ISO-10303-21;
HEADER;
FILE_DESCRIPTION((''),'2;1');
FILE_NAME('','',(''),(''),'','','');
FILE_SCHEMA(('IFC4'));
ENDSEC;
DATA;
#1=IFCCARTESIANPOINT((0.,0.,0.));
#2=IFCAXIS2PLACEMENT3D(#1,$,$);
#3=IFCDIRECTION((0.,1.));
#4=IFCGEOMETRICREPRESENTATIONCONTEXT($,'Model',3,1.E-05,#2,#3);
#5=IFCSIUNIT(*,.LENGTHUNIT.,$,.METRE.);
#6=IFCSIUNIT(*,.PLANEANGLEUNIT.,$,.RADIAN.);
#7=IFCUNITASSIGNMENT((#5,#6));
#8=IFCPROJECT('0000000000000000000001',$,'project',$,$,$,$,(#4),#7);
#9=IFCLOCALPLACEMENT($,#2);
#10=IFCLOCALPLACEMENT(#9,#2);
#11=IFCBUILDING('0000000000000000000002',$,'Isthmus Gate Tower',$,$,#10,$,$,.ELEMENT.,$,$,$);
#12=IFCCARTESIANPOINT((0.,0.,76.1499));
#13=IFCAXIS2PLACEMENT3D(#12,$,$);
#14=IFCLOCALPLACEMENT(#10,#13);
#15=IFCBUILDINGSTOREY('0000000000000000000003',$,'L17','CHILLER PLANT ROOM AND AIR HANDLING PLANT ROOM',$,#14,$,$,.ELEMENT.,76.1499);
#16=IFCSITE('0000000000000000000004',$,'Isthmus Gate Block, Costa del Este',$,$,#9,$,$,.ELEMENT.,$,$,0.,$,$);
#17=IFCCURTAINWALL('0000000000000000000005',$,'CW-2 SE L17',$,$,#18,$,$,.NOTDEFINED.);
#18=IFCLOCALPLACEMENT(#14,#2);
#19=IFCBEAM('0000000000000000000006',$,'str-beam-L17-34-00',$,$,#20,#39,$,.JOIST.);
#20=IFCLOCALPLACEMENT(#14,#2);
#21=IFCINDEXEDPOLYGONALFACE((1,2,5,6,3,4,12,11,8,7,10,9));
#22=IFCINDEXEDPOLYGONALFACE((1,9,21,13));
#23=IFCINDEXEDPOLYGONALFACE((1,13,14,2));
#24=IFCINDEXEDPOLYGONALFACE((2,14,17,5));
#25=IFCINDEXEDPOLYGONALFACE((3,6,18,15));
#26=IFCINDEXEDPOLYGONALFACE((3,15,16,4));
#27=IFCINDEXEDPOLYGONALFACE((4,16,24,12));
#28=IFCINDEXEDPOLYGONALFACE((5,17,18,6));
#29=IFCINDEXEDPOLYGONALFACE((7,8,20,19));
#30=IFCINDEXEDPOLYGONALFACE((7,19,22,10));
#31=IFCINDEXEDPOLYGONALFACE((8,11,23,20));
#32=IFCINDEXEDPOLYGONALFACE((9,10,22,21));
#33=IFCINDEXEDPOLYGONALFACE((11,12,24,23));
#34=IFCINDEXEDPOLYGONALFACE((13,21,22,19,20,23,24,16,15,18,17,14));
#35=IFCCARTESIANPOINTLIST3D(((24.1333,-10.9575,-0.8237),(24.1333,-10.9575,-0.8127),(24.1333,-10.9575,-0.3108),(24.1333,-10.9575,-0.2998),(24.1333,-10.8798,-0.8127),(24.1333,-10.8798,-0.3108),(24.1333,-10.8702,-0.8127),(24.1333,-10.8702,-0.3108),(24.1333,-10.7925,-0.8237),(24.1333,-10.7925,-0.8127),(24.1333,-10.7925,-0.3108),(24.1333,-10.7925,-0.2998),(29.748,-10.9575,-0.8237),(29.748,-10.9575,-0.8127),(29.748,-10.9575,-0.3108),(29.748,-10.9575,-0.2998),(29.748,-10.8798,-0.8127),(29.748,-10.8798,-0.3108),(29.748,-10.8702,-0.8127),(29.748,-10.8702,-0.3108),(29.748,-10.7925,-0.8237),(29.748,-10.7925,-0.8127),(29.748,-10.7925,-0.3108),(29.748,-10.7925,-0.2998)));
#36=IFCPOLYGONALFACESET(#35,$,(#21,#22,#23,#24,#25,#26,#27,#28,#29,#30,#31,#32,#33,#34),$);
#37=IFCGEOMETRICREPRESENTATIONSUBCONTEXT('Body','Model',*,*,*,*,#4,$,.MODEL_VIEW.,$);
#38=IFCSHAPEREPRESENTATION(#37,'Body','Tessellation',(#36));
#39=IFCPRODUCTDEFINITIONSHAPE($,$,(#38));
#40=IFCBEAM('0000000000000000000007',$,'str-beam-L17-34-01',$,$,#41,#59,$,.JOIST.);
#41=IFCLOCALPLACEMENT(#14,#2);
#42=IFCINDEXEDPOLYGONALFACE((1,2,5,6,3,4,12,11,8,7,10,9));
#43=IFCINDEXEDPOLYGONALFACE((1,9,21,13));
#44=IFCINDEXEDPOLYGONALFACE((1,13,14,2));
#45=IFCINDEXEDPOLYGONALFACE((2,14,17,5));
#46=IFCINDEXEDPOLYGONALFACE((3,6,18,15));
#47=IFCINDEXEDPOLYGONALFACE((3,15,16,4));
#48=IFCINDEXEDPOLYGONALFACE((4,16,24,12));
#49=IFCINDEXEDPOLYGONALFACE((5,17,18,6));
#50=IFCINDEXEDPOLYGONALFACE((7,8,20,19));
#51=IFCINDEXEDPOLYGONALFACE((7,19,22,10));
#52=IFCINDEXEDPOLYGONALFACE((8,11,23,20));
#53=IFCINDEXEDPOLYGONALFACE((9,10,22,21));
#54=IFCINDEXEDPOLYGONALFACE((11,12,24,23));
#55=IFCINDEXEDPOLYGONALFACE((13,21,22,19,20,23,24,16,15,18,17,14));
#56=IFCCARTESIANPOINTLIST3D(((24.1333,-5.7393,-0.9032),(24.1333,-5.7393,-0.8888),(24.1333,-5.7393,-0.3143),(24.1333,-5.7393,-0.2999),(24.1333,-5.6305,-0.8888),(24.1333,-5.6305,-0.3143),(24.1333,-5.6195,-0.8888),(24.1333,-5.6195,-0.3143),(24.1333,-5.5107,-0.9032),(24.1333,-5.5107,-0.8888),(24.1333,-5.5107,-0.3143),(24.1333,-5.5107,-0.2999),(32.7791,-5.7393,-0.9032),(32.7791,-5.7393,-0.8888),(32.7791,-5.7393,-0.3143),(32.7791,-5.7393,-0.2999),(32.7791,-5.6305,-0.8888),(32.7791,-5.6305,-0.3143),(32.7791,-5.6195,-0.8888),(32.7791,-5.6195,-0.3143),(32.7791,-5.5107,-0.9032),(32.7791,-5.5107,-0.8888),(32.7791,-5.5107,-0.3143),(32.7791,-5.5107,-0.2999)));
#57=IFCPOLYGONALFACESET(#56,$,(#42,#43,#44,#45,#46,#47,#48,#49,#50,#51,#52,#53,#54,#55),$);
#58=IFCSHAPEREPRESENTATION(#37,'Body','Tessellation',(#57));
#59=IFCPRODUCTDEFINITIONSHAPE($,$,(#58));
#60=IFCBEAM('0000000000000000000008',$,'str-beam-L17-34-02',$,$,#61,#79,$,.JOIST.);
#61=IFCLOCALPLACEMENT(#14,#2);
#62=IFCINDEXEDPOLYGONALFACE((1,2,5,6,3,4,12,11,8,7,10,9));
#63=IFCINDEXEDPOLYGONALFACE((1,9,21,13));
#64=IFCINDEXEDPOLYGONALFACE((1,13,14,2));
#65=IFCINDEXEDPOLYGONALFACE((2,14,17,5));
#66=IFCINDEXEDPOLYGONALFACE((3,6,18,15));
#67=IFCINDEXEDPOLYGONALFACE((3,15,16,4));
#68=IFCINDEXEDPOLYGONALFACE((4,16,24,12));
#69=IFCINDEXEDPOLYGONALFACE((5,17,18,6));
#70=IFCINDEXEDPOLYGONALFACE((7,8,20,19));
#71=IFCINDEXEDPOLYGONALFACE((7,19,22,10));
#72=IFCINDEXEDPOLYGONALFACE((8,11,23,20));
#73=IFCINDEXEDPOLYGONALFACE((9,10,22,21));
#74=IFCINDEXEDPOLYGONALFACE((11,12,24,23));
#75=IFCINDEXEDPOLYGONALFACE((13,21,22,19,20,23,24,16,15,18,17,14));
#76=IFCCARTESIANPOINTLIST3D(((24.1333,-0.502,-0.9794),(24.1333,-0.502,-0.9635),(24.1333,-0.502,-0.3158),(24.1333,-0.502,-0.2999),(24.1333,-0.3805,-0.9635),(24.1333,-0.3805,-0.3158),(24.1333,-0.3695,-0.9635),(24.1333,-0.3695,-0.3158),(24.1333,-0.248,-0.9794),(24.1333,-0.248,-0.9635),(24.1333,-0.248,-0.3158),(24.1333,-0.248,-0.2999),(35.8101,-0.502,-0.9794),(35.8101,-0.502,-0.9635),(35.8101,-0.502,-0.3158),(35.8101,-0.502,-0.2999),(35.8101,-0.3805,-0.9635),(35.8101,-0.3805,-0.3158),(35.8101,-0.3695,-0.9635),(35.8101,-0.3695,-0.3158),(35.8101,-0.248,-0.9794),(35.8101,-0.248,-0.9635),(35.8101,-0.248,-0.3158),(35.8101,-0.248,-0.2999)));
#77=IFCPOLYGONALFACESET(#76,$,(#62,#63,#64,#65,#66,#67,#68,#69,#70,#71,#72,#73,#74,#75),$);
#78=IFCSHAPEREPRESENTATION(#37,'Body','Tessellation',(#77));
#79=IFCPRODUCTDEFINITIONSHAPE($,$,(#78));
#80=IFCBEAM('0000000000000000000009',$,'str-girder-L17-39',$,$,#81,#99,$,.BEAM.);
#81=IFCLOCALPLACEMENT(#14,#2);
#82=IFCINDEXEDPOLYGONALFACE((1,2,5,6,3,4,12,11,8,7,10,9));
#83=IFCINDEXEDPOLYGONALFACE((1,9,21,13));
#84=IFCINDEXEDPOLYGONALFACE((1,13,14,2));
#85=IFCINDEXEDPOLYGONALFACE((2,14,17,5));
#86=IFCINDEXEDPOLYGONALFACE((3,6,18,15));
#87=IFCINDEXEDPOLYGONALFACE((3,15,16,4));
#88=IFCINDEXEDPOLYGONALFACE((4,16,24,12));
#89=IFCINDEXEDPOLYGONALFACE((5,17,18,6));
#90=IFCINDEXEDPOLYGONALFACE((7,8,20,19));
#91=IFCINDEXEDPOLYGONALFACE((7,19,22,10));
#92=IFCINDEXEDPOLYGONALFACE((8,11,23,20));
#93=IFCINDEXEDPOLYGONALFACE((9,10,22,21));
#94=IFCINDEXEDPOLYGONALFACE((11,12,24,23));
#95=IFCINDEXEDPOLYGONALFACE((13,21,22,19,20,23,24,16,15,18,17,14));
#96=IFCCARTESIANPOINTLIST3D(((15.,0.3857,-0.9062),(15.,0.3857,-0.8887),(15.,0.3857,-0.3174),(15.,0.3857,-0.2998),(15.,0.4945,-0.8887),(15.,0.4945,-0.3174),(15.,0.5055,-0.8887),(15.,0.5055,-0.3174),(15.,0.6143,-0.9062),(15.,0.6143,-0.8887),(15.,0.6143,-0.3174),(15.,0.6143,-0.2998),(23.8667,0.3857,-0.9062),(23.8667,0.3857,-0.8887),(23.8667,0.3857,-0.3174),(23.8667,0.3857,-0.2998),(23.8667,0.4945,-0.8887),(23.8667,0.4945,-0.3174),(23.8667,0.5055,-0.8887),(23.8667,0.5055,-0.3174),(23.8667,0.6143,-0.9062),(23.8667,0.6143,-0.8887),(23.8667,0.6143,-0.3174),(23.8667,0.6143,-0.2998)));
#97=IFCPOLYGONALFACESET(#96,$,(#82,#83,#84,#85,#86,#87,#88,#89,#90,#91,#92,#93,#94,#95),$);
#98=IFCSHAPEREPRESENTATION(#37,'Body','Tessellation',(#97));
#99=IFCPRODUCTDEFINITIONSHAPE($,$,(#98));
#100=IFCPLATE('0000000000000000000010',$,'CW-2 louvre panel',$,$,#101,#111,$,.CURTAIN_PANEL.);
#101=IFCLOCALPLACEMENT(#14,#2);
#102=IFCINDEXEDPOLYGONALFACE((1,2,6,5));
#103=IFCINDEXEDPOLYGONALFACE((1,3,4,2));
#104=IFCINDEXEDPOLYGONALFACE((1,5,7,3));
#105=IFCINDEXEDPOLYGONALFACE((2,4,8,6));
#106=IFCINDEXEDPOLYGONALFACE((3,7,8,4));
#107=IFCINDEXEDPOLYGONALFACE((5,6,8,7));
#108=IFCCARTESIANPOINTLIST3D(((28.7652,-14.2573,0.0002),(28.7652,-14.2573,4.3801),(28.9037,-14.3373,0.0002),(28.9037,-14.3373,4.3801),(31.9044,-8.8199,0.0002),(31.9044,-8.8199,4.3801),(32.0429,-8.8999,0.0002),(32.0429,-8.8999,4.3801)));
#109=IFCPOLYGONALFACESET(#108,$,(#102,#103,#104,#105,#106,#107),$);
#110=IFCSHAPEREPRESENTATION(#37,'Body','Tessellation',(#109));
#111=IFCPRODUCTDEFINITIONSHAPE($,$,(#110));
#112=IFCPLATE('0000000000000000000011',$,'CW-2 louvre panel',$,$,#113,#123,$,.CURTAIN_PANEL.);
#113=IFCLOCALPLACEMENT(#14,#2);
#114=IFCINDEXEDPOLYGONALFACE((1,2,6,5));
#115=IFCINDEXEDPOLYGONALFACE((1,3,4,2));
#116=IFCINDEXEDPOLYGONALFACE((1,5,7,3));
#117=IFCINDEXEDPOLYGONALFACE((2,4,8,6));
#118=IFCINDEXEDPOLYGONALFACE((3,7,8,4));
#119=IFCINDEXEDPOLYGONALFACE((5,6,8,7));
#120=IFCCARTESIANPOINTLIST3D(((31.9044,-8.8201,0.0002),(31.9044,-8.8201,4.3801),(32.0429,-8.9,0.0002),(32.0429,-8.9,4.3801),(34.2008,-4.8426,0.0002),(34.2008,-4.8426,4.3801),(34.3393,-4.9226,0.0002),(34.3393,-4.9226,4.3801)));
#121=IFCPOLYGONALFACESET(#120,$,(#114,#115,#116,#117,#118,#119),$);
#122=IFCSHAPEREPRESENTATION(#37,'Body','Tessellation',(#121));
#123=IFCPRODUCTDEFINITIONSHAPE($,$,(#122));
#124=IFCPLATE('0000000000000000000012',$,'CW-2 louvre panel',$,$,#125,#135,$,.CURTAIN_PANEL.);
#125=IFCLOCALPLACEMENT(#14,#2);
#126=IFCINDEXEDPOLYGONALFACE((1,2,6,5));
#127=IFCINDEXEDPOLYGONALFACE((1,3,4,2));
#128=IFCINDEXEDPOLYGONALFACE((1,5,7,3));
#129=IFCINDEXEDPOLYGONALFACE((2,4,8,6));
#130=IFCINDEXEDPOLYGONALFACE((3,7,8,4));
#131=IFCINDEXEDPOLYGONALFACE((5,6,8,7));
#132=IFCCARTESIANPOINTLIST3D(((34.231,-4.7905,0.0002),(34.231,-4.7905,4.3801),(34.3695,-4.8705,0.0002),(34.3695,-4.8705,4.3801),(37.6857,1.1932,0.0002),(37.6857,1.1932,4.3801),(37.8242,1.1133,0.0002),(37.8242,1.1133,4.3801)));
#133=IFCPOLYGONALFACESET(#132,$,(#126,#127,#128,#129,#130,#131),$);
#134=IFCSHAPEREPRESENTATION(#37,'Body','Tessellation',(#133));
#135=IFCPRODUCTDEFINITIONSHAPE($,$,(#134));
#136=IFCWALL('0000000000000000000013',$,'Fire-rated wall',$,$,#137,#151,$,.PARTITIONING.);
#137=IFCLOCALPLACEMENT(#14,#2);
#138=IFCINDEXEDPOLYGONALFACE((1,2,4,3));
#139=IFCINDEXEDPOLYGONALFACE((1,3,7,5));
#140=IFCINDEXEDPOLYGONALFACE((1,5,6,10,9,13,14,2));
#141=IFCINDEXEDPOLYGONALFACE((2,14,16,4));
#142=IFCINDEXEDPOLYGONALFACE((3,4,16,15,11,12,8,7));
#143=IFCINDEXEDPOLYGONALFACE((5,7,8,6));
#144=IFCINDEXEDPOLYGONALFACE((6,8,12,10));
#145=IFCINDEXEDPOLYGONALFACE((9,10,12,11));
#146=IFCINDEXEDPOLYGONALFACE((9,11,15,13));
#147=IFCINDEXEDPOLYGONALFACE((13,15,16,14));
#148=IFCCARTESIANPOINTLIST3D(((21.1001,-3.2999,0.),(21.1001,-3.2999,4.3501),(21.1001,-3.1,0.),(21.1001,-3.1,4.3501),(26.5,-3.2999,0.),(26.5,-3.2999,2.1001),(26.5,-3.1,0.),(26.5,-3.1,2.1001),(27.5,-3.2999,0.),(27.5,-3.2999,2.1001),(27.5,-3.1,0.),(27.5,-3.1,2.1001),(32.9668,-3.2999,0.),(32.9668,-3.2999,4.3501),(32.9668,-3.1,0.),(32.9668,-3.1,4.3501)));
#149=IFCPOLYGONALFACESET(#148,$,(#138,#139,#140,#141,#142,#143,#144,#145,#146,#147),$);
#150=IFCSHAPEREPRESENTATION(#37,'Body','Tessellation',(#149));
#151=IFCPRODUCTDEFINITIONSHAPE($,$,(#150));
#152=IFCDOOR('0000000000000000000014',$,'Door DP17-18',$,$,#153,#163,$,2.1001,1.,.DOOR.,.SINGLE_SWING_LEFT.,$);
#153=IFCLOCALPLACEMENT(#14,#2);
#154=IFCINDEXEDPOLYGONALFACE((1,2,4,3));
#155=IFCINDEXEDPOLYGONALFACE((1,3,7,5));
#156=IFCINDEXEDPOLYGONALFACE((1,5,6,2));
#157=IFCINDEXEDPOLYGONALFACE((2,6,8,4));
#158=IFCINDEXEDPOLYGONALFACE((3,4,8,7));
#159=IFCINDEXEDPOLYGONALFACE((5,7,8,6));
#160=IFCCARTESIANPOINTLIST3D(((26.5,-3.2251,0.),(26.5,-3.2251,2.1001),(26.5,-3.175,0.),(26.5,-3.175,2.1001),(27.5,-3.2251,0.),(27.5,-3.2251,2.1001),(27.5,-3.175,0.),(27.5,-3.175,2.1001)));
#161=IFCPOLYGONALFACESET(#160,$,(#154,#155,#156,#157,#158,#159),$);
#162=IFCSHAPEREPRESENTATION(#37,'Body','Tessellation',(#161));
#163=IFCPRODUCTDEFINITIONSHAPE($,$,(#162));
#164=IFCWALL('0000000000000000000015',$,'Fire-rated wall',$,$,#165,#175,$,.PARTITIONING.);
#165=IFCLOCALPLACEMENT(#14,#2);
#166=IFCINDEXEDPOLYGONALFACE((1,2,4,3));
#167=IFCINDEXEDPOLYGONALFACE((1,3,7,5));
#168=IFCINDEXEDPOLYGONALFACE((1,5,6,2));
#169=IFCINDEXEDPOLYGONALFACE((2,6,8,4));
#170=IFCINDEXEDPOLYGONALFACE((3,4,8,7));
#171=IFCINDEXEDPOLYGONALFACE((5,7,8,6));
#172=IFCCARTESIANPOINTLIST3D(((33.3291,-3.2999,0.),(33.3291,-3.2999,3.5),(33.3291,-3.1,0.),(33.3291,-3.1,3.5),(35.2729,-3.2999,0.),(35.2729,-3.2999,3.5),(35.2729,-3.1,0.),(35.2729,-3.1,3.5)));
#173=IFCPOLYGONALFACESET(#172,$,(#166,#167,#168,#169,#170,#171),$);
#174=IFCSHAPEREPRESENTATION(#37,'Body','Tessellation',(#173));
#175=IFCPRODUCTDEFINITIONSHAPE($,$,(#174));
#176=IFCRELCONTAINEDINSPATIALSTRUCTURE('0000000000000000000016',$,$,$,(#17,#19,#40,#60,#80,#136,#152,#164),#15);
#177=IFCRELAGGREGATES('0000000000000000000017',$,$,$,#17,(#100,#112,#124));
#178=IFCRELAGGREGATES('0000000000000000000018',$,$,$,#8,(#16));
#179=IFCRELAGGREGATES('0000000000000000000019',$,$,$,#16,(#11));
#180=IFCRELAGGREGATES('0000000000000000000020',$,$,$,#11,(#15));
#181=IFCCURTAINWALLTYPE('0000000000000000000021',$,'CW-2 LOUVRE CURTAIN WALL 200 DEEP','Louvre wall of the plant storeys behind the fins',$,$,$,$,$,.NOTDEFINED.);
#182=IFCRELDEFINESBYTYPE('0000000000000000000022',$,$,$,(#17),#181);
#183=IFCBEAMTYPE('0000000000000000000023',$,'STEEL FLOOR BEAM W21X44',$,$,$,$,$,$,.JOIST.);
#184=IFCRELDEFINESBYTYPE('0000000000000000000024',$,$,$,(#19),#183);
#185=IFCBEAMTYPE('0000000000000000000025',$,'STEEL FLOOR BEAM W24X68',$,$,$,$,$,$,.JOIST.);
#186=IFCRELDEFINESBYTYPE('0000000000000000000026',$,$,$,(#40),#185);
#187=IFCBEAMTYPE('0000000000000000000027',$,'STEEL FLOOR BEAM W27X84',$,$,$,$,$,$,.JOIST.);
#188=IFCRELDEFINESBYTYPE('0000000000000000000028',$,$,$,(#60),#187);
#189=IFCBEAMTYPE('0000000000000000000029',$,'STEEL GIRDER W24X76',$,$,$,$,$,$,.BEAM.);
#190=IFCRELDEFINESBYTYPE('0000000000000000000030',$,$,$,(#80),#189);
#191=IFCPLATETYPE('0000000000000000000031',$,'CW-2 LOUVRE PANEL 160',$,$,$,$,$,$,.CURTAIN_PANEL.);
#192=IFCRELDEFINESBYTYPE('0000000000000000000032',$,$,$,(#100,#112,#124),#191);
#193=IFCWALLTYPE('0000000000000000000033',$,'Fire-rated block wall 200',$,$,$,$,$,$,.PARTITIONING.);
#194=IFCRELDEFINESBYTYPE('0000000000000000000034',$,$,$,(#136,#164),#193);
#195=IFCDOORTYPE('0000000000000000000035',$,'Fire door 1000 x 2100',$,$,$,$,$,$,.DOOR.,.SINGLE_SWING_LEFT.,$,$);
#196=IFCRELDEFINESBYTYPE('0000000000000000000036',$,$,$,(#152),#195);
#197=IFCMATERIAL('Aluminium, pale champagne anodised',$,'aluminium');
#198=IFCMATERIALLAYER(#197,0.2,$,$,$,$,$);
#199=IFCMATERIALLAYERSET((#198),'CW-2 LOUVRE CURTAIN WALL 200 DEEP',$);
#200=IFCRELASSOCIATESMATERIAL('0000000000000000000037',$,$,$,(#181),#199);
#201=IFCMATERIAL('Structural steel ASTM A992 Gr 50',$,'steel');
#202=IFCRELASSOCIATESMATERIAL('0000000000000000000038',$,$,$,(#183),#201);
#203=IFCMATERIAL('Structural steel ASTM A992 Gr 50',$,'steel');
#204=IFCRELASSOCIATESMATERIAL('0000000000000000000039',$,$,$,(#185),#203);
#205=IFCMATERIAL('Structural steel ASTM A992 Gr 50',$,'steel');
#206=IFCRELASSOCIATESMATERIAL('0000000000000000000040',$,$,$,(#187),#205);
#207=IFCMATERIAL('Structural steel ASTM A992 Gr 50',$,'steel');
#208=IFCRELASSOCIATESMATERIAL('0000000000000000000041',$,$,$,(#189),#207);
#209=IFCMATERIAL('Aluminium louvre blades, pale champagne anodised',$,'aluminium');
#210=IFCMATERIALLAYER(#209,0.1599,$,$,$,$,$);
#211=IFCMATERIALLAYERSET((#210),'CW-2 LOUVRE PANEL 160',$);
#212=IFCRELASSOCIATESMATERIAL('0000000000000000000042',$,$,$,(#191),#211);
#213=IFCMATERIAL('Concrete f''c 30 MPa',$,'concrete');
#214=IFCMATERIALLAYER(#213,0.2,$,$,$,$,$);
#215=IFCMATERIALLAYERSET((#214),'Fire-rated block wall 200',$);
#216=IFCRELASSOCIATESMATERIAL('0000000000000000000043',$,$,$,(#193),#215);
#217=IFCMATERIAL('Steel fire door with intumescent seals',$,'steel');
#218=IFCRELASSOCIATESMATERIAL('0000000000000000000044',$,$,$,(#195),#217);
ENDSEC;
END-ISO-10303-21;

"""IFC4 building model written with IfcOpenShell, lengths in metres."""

from ifc_helpers import new_model, si_unit, direction, frame, frame_2d, origin, origin_2d, place, context, subcontext, project, spatial, rectangle, i_section, extrude, material, layer, layer_set, material_profile, profile_set, type_object, element, fill, aggregate, save


model = new_model("IFC4")

# Units and contexts
model_context = context("Model", 3, precision=1e-05, world=origin(), true_north=direction((0.0, 1.0)))
body_context = subcontext(model_context, "Body", "Model", "MODEL_VIEW")
ifc_project = project(units=[si_unit("LENGTHUNIT", "METRE"), si_unit("PLANEANGLEUNIT", "RADIAN")], contexts=[model_context])

# Site, building, storey
site_placement = place(None, origin())
site = spatial("IfcSite", under=ifc_project, at=site_placement, Name="Isthmus Gate Block, Costa del Este", CompositionType="ELEMENT", RefElevation=0.0)
building_placement = place(site_placement, origin())
building = spatial("IfcBuilding", under=site, at=building_placement, Name="Isthmus Gate Tower", CompositionType="ELEMENT")
storey_placement = place(building_placement, frame((0.0, 0.0, 76.1499)))
storey = spatial("IfcBuildingStorey", under=building, at=storey_placement, Name="L17", Description="CHILLER PLANT ROOM AND AIR HANDLING PLANT ROOM", CompositionType="ELEMENT", Elevation=76.1499)

# Curtain wall
ifc_material_1 = material(Name="Aluminium, pale champagne anodised", Category="aluminium")
ifc_layer_1 = layer(ifc_material_1, 0.2)
ifc_layer_set_1 = layer_set([ifc_layer_1], Name="CW-2 LOUVRE CURTAIN WALL 200 DEEP")
curtain_wall_type = type_object("IfcCurtainWallType", Name="CW-2 LOUVRE CURTAIN WALL 200 DEEP", Description="Louvre wall of the plant storeys behind the fins", PredefinedType="NOTDEFINED", material=ifc_layer_set_1)
curtain_wall_1_placement = place(storey_placement, origin())
curtain_wall_1 = element("IfcCurtainWall", 1, at=curtain_wall_1_placement, inside=storey, type_object=curtain_wall_type, Name="CW-2 SE L17", PredefinedType="NOTDEFINED")

# Beams
ifc_material_2 = material(Name="Structural steel ASTM A992 Gr 50", Category="steel")
ifc_material_profile_1 = material_profile(ifc_material_2, i_section(OverallWidth=0.165, OverallDepth=0.5239, WebThickness=0.0095, FlangeThickness=0.011, at=origin_2d()), Name="W21X44")
ifc_profile_set_1 = profile_set([ifc_material_profile_1], Name="Structural steel ASTM A992 Gr 50")
beam_type_1 = type_object("IfcBeamType", Name="STEEL FLOOR BEAM W21X44", PredefinedType="JOIST", material=ifc_profile_set_1)
beam_1_placement = place(storey_placement, frame((24.1333, -10.875, -0.5618), z_axis=(1.0, 0.0, 0.0), x_axis=(0.0, 1.0, 0.0)))
element("IfcBeam", 2, at=beam_1_placement, inside=storey, type_object=beam_type_1, Name="str-beam-L17-34-00", PredefinedType="JOIST", context=body_context, shape_type="SweptSolid", body=[
    extrude(i_section(OverallWidth=0.165, OverallDepth=0.5239, WebThickness=0.0095, FlangeThickness=0.011, at=origin_2d()), origin(), (0.0, 0.0, 1.0), 5.6147),
])
ifc_material_3 = material(Name="Structural steel ASTM A992 Gr 50", Category="steel")
ifc_material_profile_2 = material_profile(ifc_material_3, i_section(OverallWidth=0.2285, OverallDepth=0.6033, WebThickness=0.011, FlangeThickness=0.0144, at=origin_2d()), Name="W24X68")
ifc_profile_set_2 = profile_set([ifc_material_profile_2], Name="Structural steel ASTM A992 Gr 50")
beam_type_2 = type_object("IfcBeamType", Name="STEEL FLOOR BEAM W24X68", PredefinedType="JOIST", material=ifc_profile_set_2)
beam_2_placement = place(storey_placement, frame((24.1333, -5.625, -0.6016), z_axis=(1.0, 0.0, 0.0), x_axis=(0.0, 1.0, 0.0)))
element("IfcBeam", 3, at=beam_2_placement, inside=storey, type_object=beam_type_2, Name="str-beam-L17-34-01", PredefinedType="JOIST", context=body_context, shape_type="SweptSolid", body=[
    extrude(i_section(OverallWidth=0.2285, OverallDepth=0.6033, WebThickness=0.011, FlangeThickness=0.0144, at=origin_2d()), origin(), (0.0, 0.0, 1.0), 8.6458),
])
ifc_material_4 = material(Name="Structural steel ASTM A992 Gr 50", Category="steel")
ifc_material_profile_3 = material_profile(ifc_material_4, i_section(OverallWidth=0.2539, OverallDepth=0.6794, WebThickness=0.011, FlangeThickness=0.0159, at=origin_2d()), Name="W27X84")
ifc_profile_set_3 = profile_set([ifc_material_profile_3], Name="Structural steel ASTM A992 Gr 50")
beam_type_3 = type_object("IfcBeamType", Name="STEEL FLOOR BEAM W27X84", PredefinedType="JOIST", material=ifc_profile_set_3)
beam_3_placement = place(storey_placement, frame((24.1333, -0.375, -0.6396), z_axis=(1.0, 0.0, 0.0), x_axis=(0.0, 1.0, 0.0)))
element("IfcBeam", 4, at=beam_3_placement, inside=storey, type_object=beam_type_3, Name="str-beam-L17-34-02", PredefinedType="JOIST", context=body_context, shape_type="SweptSolid", body=[
    extrude(i_section(OverallWidth=0.2539, OverallDepth=0.6794, WebThickness=0.011, FlangeThickness=0.0159, at=origin_2d()), origin(), (0.0, 0.0, 1.0), 11.6768),
])
ifc_material_5 = material(Name="Structural steel ASTM A992 Gr 50", Category="steel")
ifc_material_profile_4 = material_profile(ifc_material_5, i_section(OverallWidth=0.2285, OverallDepth=0.6064, WebThickness=0.011, FlangeThickness=0.0176, at=origin_2d()), Name="W24X76")
ifc_profile_set_4 = profile_set([ifc_material_profile_4], Name="Structural steel ASTM A992 Gr 50")
beam_type_4 = type_object("IfcBeamType", Name="STEEL GIRDER W24X76", PredefinedType="BEAM", material=ifc_profile_set_4)
beam_4_placement = place(storey_placement, frame((15.0, 0.5, -0.603), z_axis=(1.0, 0.0, 0.0), x_axis=(0.0, 1.0, 0.0)))
element("IfcBeam", 5, at=beam_4_placement, inside=storey, type_object=beam_type_4, Name="str-girder-L17-39", PredefinedType="BEAM", context=body_context, shape_type="SweptSolid", body=[
    extrude(i_section(OverallWidth=0.2285, OverallDepth=0.6064, WebThickness=0.011, FlangeThickness=0.0176, at=origin_2d()), origin(), (0.0, 0.0, 1.0), 8.8667),
])

# Plates
ifc_material_6 = material(Name="Aluminium louvre blades, pale champagne anodised", Category="aluminium")
ifc_layer_2 = layer(ifc_material_6, 0.1599)
ifc_layer_set_2 = layer_set([ifc_layer_2], Name="CW-2 LOUVRE PANEL 160")
plate_type = type_object("IfcPlateType", Name="CW-2 LOUVRE PANEL 160", PredefinedType="CURTAIN_PANEL", material=ifc_layer_set_2)
plate_1_placement = place(storey_placement, frame((30.4041, -11.5786, 0.0002), z_axis=(0.0, 0.0, 1.0), x_axis=(0.5, 0.866025, 0.0)))
plate_1 = element("IfcPlate", 6, at=plate_1_placement, type_object=plate_type, Name="CW-2 louvre panel", PredefinedType="CURTAIN_PANEL", context=body_context, shape_type="SweptSolid", body=[
    extrude(rectangle(XDim=6.2786, YDim=0.1599, at=origin_2d()), origin(), (0.0, 0.0, 1.0), 4.3799),
])
plate_2_placement = place(storey_placement, frame((33.1218, -6.8713, 0.0002), z_axis=(0.0, 0.0, 1.0), x_axis=(0.5, 0.866025, 0.0)))
plate_2 = element("IfcPlate", 7, at=plate_2_placement, type_object=plate_type, Name="CW-2 louvre panel", PredefinedType="CURTAIN_PANEL", context=body_context, shape_type="SweptSolid", body=[
    extrude(rectangle(XDim=4.5928, YDim=0.1599, at=origin_2d()), origin(), (0.0, 0.0, 1.0), 4.3799),
])
plate_3_placement = place(storey_placement, frame((36.0276, -1.8386, 0.0002), z_axis=(0.0, 0.0, 1.0), x_axis=(0.5, 0.866025, 0.0)))
plate_3 = element("IfcPlate", 8, at=plate_3_placement, type_object=plate_type, Name="CW-2 louvre panel", PredefinedType="CURTAIN_PANEL", context=body_context, shape_type="SweptSolid", body=[
    extrude(rectangle(XDim=6.9094, YDim=0.1599, at=origin_2d()), origin(), (0.0, 0.0, 1.0), 4.3799),
])
aggregate(curtain_wall_1, [plate_1, plate_2, plate_3])

# Wall, opening, door
ifc_material_7 = material(Name="Concrete f'c 30 MPa", Category="concrete")
ifc_layer_3 = layer(ifc_material_7, 0.2)
ifc_layer_set_3 = layer_set([ifc_layer_3], Name="Fire-rated block wall 200")
wall_type_1 = type_object("IfcWallType", Name="Fire-rated block wall 200", PredefinedType="PARTITIONING", material=ifc_layer_set_3)
wall_1_placement = place(storey_placement, frame((21.1001, -3.2, 0.0), z_axis=(0.0, 0.0, 1.0), x_axis=(1.0, 0.0, 0.0)))
wall_1 = element("IfcWall", 9, at=wall_1_placement, inside=storey, type_object=wall_type_1, Name="Fire-rated wall", PredefinedType="PARTITIONING", context=body_context, shape_type="SweptSolid", body=[
    extrude(rectangle(XDim=11.8667, YDim=0.2, at=frame_2d((5.9333, 0.0))), origin(), (0.0, 0.0, 1.0), 4.3501),
])
opening_1_placement = place(wall_1_placement, frame((5.3999, 0.0, 0.0)))
opening_1 = element("IfcOpeningElement", 10, at=opening_1_placement, cuts=wall_1, PredefinedType="OPENING", context=body_context, shape_type="SweptSolid", body=[
    extrude(rectangle(XDim=1.0, YDim=2.1001, at=frame_2d((0.5, 1.05))), frame((0.0, 0.1099, 0.0), z_axis=(0.0, -1.0, 0.0), x_axis=(1.0, 0.0, 0.0)), (0.0, 0.0, 1.0), 0.22),
])
ifc_material_8 = material(Name="Steel fire door with intumescent seals", Category="steel")
door_type = type_object("IfcDoorType", Name="Fire door 1000 x 2100", OperationType="SINGLE_SWING_LEFT", PredefinedType="DOOR", material=ifc_material_8)
door_1_placement = place(opening_1_placement, origin())
door_1 = element("IfcDoor", 11, at=door_1_placement, inside=storey, type_object=door_type, Name="Door DP17-18", OperationType="SINGLE_SWING_LEFT", OverallHeight=2.1001, OverallWidth=1.0, PredefinedType="DOOR", context=body_context, shape_type="SweptSolid", body=[
    extrude(rectangle(XDim=1.0, YDim=2.1001, at=frame_2d((0.5, 1.05))), frame((0.0, 0.0249, 0.0), z_axis=(0.0, -1.0, 0.0), x_axis=(1.0, 0.0, 0.0)), (0.0, 0.0, 1.0), 0.05),
])
fill(opening_1, door_1)

# Wall
wall_2_placement = place(storey_placement, frame((33.3291, -3.2, 0.0), z_axis=(0.0, 0.0, 1.0), x_axis=(1.0, 0.0, 0.0)))
element("IfcWall", 12, at=wall_2_placement, inside=storey, type_object=wall_type_1, Name="Fire-rated wall", PredefinedType="PARTITIONING", context=body_context, shape_type="SweptSolid", body=[
    extrude(rectangle(XDim=1.9438, YDim=0.2, at=frame_2d((0.9719, 0.0))), origin(), (0.0, 0.0, 1.0), 3.5),
])

save(model, "model.ifc")
